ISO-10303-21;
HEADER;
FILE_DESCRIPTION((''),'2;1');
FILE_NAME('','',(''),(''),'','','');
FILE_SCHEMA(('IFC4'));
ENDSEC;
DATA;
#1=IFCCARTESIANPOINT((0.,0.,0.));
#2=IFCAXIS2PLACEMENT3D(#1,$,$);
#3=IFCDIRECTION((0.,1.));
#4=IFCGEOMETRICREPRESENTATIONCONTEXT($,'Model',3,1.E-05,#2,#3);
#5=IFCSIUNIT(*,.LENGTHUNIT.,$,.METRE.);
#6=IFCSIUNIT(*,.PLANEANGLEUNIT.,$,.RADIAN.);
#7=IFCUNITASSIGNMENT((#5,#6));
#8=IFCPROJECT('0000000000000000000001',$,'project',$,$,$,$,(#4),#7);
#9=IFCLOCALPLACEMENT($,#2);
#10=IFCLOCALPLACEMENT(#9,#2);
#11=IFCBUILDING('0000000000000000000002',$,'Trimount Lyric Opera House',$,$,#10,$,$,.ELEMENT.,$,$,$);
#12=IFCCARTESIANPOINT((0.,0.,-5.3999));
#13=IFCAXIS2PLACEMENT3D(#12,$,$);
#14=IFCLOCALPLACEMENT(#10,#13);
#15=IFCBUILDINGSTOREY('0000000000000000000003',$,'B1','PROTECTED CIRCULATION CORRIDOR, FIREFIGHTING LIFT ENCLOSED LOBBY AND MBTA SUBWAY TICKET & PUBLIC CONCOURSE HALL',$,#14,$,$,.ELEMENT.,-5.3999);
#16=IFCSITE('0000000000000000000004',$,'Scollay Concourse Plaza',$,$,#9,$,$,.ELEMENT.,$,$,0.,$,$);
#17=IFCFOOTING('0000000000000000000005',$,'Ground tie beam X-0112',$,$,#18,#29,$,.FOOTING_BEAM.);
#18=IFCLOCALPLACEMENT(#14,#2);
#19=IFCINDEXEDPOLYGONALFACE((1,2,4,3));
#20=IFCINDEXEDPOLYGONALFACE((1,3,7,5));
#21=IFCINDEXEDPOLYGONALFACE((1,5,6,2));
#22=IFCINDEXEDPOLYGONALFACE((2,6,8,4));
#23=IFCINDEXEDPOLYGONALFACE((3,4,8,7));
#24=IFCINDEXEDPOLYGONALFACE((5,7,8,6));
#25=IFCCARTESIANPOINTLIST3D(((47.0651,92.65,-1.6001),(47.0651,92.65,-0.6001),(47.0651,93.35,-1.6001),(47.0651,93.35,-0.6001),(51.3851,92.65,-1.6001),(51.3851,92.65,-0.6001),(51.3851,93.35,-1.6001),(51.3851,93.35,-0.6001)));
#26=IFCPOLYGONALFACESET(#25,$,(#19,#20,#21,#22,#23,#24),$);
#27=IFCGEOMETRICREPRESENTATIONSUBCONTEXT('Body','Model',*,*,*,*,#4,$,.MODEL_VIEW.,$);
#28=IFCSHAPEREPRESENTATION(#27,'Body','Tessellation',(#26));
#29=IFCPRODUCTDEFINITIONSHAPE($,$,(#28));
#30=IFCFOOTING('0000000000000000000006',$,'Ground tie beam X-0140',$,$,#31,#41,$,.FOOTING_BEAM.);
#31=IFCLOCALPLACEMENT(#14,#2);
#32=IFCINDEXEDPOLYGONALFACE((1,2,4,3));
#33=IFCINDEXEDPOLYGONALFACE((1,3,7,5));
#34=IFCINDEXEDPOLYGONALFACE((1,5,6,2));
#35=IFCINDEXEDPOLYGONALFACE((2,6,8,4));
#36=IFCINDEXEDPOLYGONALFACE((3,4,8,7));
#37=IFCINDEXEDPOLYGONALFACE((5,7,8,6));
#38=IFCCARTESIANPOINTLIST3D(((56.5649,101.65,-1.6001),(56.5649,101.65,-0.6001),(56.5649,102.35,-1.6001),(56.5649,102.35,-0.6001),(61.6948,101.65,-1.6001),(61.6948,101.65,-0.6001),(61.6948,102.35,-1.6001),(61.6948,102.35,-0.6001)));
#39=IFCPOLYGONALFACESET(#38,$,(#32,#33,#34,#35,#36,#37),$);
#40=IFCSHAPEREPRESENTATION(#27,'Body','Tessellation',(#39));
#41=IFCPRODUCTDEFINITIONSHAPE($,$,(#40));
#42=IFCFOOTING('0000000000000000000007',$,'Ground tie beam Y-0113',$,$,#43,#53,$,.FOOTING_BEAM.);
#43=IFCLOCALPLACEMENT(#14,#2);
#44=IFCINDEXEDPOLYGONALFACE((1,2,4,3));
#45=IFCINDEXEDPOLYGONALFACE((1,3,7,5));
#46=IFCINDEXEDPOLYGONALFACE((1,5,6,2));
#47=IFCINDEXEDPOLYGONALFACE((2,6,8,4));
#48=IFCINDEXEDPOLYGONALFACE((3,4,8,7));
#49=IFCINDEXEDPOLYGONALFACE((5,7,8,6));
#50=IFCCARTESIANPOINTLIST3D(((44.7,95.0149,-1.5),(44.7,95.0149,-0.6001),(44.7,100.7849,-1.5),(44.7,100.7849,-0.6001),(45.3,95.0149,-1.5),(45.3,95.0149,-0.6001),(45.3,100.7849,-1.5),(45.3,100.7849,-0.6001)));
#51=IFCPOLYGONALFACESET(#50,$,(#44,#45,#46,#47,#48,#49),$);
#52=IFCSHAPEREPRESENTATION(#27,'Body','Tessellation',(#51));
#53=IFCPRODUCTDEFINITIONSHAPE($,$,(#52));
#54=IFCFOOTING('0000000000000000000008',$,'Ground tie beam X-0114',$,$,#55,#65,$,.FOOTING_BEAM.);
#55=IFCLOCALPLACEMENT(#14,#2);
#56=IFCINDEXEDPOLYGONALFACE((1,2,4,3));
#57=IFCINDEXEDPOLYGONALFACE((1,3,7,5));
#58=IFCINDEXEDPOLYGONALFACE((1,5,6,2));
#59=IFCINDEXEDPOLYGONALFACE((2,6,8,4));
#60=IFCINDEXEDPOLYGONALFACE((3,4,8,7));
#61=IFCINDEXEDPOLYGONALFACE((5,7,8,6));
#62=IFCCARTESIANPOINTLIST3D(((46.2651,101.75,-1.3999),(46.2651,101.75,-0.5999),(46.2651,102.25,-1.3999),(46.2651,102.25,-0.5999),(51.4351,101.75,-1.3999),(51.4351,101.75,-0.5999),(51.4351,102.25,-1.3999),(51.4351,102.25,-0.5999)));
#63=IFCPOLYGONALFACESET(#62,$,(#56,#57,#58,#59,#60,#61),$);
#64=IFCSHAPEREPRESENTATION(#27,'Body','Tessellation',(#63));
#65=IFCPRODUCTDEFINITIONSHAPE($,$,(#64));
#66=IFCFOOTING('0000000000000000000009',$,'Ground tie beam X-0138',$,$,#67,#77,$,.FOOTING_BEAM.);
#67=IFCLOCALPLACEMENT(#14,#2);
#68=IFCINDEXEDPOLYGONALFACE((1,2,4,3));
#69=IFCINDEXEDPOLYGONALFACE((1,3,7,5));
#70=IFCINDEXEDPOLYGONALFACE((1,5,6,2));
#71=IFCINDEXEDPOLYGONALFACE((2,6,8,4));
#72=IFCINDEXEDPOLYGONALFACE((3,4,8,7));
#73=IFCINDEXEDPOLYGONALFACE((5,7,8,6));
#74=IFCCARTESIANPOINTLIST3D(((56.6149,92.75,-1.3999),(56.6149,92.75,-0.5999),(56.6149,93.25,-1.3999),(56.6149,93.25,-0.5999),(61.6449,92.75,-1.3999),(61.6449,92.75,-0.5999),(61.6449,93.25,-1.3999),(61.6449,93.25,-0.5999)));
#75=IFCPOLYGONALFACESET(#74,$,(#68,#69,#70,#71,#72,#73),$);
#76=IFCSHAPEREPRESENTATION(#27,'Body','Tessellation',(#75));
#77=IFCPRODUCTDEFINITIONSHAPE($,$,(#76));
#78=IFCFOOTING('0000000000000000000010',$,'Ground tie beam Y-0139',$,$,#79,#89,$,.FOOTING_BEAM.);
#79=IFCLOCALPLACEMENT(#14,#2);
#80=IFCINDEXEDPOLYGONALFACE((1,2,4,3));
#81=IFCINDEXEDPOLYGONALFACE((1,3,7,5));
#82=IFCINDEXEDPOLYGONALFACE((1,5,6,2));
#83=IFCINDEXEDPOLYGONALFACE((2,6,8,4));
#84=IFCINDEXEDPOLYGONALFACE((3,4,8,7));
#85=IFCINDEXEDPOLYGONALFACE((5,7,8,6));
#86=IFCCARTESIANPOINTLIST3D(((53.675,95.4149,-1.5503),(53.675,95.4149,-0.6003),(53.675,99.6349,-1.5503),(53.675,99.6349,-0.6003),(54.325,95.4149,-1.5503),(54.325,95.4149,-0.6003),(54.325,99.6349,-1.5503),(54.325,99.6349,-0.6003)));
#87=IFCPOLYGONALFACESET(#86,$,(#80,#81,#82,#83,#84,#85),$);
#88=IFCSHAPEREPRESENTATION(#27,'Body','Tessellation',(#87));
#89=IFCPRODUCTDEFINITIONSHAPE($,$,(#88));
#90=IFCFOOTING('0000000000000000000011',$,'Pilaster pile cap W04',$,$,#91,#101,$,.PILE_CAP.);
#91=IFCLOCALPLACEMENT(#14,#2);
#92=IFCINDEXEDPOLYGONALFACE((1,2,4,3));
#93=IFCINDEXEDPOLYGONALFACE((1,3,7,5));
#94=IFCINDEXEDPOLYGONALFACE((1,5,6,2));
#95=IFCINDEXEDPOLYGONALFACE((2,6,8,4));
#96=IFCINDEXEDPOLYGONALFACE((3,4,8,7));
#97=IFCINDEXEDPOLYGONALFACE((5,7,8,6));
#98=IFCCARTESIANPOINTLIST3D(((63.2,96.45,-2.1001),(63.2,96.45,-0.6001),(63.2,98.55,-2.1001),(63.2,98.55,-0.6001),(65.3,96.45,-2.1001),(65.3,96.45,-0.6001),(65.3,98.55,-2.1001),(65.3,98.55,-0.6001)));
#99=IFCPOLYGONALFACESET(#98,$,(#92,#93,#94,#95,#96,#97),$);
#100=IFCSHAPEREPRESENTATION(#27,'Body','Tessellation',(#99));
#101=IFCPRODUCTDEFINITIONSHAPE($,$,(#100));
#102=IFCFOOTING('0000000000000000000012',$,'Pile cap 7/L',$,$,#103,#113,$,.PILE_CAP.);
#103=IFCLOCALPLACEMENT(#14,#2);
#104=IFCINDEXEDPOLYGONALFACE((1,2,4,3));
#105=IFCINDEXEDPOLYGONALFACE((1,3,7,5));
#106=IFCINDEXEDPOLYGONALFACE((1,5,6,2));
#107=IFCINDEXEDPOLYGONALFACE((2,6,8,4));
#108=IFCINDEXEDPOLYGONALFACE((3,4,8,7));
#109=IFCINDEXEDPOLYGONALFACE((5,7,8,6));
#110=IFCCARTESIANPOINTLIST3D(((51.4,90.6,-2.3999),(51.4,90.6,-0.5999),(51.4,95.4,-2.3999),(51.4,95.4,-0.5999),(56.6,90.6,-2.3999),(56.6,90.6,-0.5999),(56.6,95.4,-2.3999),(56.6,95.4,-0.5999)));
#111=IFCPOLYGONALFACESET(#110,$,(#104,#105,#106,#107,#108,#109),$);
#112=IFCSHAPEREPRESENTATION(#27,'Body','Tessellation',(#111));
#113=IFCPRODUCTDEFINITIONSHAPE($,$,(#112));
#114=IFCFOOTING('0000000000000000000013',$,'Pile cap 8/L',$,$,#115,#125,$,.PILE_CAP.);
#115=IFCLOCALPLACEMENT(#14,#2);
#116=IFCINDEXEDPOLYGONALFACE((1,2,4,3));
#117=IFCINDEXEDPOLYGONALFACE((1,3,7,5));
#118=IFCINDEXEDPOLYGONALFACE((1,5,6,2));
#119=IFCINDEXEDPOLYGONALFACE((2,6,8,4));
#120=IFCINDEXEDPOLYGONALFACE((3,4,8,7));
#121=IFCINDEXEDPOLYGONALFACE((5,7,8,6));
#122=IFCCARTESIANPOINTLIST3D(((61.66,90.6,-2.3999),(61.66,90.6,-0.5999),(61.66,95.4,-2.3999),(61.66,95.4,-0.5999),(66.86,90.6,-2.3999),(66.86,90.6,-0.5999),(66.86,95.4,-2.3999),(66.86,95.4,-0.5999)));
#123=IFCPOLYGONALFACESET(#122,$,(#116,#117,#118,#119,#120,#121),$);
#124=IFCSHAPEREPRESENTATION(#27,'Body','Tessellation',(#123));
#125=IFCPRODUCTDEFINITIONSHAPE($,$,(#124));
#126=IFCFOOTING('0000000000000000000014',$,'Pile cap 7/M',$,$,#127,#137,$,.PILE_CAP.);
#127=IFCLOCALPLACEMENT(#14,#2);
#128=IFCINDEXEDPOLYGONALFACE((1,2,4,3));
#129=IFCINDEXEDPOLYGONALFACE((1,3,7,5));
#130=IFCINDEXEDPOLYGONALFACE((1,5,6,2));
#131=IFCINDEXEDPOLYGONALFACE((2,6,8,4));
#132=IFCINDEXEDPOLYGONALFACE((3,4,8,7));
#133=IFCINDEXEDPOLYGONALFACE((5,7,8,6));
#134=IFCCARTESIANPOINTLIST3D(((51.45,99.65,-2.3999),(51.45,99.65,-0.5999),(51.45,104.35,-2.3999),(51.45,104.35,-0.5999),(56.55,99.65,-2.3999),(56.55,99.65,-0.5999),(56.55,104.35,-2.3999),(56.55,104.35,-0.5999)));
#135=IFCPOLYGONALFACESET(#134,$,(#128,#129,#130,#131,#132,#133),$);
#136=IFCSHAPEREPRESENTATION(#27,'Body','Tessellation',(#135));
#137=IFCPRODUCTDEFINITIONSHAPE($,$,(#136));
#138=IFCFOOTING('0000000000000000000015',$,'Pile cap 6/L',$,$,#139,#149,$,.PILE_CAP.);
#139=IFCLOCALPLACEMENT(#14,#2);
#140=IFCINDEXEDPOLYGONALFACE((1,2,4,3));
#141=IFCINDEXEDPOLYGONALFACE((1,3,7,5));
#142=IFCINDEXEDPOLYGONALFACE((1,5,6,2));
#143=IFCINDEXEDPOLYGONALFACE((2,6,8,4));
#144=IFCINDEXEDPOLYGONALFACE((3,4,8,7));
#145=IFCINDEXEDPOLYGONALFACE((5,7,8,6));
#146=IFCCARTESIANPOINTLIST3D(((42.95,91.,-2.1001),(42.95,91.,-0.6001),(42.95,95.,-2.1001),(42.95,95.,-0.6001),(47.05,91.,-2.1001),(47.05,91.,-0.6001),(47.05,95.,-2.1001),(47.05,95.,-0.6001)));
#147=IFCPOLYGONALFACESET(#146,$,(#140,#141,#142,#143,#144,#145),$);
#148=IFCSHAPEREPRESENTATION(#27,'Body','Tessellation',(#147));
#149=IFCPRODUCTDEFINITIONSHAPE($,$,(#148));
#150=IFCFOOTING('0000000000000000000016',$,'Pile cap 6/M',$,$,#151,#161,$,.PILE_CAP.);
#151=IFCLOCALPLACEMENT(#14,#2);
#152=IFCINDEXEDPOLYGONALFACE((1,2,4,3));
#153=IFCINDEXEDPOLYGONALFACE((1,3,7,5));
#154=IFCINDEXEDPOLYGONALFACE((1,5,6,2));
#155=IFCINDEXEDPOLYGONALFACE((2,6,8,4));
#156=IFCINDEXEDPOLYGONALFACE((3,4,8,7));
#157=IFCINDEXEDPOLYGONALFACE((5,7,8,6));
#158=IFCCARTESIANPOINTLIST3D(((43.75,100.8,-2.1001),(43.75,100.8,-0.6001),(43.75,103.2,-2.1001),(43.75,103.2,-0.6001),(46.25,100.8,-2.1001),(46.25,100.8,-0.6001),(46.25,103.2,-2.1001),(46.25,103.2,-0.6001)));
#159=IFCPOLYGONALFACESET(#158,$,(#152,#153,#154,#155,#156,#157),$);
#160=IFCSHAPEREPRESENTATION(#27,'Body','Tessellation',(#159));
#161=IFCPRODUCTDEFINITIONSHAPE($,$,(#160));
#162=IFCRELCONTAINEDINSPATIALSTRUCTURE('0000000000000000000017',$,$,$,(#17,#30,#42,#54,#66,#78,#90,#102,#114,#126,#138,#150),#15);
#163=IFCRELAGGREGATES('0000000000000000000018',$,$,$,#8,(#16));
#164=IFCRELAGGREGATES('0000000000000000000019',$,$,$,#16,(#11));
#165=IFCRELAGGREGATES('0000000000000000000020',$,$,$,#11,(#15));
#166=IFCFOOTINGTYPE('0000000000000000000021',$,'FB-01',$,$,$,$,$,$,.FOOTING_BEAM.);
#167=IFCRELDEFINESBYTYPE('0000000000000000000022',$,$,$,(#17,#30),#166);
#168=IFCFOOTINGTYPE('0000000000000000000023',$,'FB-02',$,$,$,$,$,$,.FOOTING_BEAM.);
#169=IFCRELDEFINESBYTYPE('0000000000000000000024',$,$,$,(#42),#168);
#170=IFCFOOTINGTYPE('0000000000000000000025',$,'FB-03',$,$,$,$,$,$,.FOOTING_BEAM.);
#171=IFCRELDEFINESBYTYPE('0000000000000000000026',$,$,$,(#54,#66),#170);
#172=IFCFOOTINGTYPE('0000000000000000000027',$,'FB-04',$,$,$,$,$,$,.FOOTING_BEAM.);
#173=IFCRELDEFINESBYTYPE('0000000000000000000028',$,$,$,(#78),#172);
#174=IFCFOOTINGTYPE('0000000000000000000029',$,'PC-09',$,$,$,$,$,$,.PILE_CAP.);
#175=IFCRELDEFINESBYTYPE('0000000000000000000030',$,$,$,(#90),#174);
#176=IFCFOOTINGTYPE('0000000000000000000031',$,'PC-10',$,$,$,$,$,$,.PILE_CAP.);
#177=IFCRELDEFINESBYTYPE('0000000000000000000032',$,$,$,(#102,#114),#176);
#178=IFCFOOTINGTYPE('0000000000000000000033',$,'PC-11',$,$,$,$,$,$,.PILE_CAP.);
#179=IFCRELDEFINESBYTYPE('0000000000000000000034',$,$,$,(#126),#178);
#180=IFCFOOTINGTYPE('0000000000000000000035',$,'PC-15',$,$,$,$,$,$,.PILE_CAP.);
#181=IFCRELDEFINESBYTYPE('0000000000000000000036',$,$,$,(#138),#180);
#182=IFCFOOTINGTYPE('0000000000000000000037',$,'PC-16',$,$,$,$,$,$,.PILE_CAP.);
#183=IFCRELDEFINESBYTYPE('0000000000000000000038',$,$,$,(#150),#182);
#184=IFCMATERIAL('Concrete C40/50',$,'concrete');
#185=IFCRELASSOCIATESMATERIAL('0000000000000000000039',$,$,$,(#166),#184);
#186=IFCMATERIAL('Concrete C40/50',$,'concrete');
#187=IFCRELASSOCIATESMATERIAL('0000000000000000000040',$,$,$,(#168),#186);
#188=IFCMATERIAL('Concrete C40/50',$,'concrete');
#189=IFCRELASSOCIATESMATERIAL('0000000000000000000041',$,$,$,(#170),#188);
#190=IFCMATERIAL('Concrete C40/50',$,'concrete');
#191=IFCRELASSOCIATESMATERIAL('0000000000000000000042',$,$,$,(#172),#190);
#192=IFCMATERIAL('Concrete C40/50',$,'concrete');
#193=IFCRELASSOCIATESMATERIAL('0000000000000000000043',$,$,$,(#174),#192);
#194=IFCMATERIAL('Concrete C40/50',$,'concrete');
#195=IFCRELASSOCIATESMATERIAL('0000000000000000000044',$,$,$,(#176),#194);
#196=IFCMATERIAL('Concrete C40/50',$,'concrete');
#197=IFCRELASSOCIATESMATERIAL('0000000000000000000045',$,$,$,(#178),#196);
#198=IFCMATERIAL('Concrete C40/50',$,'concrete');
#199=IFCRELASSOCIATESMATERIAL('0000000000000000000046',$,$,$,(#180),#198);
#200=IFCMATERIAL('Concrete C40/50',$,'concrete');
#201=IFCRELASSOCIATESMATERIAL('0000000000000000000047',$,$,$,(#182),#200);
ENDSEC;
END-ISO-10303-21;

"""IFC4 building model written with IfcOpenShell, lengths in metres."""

from ifc_helpers import new_model, si_unit, direction, frame, origin, origin_2d, place, context, subcontext, project, spatial, rectangle, extrude, material, type_object, element, save


model = new_model("IFC4")

# Units and contexts
model_context = context("Model", 3, precision=1e-05, world=origin(), true_north=direction((0.0, 1.0)))
body_context = subcontext(model_context, "Body", "Model", "MODEL_VIEW")
ifc_project = project(units=[si_unit("LENGTHUNIT", "METRE"), si_unit("PLANEANGLEUNIT", "RADIAN")], contexts=[model_context])

# Site, building, storey
site_placement = place(None, origin())
site = spatial("IfcSite", under=ifc_project, at=site_placement, Name="Scollay Concourse Plaza", CompositionType="ELEMENT", RefElevation=0.0)
building_placement = place(site_placement, origin())
building = spatial("IfcBuilding", under=site, at=building_placement, Name="Trimount Lyric Opera House", CompositionType="ELEMENT")
storey_placement = place(building_placement, frame((0.0, 0.0, -5.3999)))
storey = spatial("IfcBuildingStorey", under=building, at=storey_placement, Name="B1", Description="PROTECTED CIRCULATION CORRIDOR, FIREFIGHTING LIFT ENCLOSED LOBBY AND MBTA SUBWAY TICKET & PUBLIC CONCOURSE HALL", CompositionType="ELEMENT", Elevation=-5.3999)

# Footings
ifc_material_1 = material(Name="Concrete C40/50", Category="concrete")
footing_type_1 = type_object("IfcFootingType", Name="FB-01", PredefinedType="FOOTING_BEAM", material=ifc_material_1)
footing_1_placement = place(storey_placement, frame((49.2251, 93.0, -1.6001), z_axis=(0.0, 0.0, 1.0), x_axis=(1.0, 0.0, 0.0)))
element("IfcFooting", 1, at=footing_1_placement, inside=storey, type_object=footing_type_1, Name="Ground tie beam X-0112", PredefinedType="FOOTING_BEAM", context=body_context, shape_type="SweptSolid", body=[
    extrude(rectangle(XDim=4.3201, YDim=0.7, at=origin_2d()), origin(), (0.0, 0.0, 1.0), 1.0),
])
footing_2_placement = place(storey_placement, frame((59.1299, 102.0, -1.6001), z_axis=(0.0, 0.0, 1.0), x_axis=(1.0, 0.0, 0.0)))
element("IfcFooting", 2, at=footing_2_placement, inside=storey, type_object=footing_type_1, Name="Ground tie beam X-0140", PredefinedType="FOOTING_BEAM", context=body_context, shape_type="SweptSolid", body=[
    extrude(rectangle(XDim=5.1299, YDim=0.7, at=origin_2d()), origin(), (0.0, 0.0, 1.0), 1.0),
])
ifc_material_2 = material(Name="Concrete C40/50", Category="concrete")
footing_type_2 = type_object("IfcFootingType", Name="FB-02", PredefinedType="FOOTING_BEAM", material=ifc_material_2)
footing_3_placement = place(storey_placement, frame((45.0, 97.8999, -1.5), z_axis=(0.0, 0.0, 1.0), x_axis=(1.0, 0.0, 0.0)))
element("IfcFooting", 3, at=footing_3_placement, inside=storey, type_object=footing_type_2, Name="Ground tie beam Y-0113", PredefinedType="FOOTING_BEAM", context=body_context, shape_type="SweptSolid", body=[
    extrude(rectangle(XDim=0.6001, YDim=5.77, at=origin_2d()), origin(), (0.0, 0.0, 1.0), 0.8999),
])
ifc_material_3 = material(Name="Concrete C40/50", Category="concrete")
footing_type_3 = type_object("IfcFootingType", Name="FB-03", PredefinedType="FOOTING_BEAM", material=ifc_material_3)
footing_4_placement = place(storey_placement, frame((48.8501, 102.0, -1.3999), z_axis=(0.0, 0.0, 1.0), x_axis=(1.0, 0.0, 0.0)))
element("IfcFooting", 4, at=footing_4_placement, inside=storey, type_object=footing_type_3, Name="Ground tie beam X-0114", PredefinedType="FOOTING_BEAM", context=body_context, shape_type="SweptSolid", body=[
    extrude(rectangle(XDim=5.1699, YDim=0.5, at=origin_2d()), origin(), (0.0, 0.0, 1.0), 0.8),
])
footing_5_placement = place(storey_placement, frame((59.1299, 93.0, -1.3999), z_axis=(0.0, 0.0, 1.0), x_axis=(1.0, 0.0, 0.0)))
element("IfcFooting", 5, at=footing_5_placement, inside=storey, type_object=footing_type_3, Name="Ground tie beam X-0138", PredefinedType="FOOTING_BEAM", context=body_context, shape_type="SweptSolid", body=[
    extrude(rectangle(XDim=5.03, YDim=0.5, at=origin_2d()), origin(), (0.0, 0.0, 1.0), 0.8),
])
ifc_material_4 = material(Name="Concrete C40/50", Category="concrete")
footing_type_4 = type_object("IfcFootingType", Name="FB-04", PredefinedType="FOOTING_BEAM", material=ifc_material_4)
footing_6_placement = place(storey_placement, frame((54.0, 97.5249, -1.5503), z_axis=(0.0, 0.0, 1.0), x_axis=(1.0, 0.0, 0.0)))
element("IfcFooting", 6, at=footing_6_placement, inside=storey, type_object=footing_type_4, Name="Ground tie beam Y-0139", PredefinedType="FOOTING_BEAM", context=body_context, shape_type="SweptSolid", body=[
    extrude(rectangle(XDim=0.6499, YDim=4.22, at=origin_2d()), origin(), (0.0, 0.0, 1.0), 0.95),
])
ifc_material_5 = material(Name="Concrete C40/50", Category="concrete")
footing_type_5 = type_object("IfcFootingType", Name="PC-09", PredefinedType="PILE_CAP", material=ifc_material_5)
footing_7_placement = place(storey_placement, frame((64.25, 97.5, -2.1001), z_axis=(0.0, 0.0, 1.0), x_axis=(1.0, 0.0, 0.0)))
element("IfcFooting", 7, at=footing_7_placement, inside=storey, type_object=footing_type_5, Name="Pilaster pile cap W04", PredefinedType="PILE_CAP", context=body_context, shape_type="SweptSolid", body=[
    extrude(rectangle(XDim=2.1001, YDim=2.1001, at=origin_2d()), origin(), (0.0, 0.0, 1.0), 1.5),
])
ifc_material_6 = material(Name="Concrete C40/50", Category="concrete")
footing_type_6 = type_object("IfcFootingType", Name="PC-10", PredefinedType="PILE_CAP", material=ifc_material_6)
for number, where, z_axis, x_axis, name in (
    (8, (54.0, 93.0, -2.3999), (0.0, 0.0, 1.0), (1.0, 0.0, 0.0), "Pile cap 7/L"),
    (9, (64.26, 93.0, -2.3999), (0.0, 0.0, 1.0), (1.0, 0.0, 0.0), "Pile cap 8/L"),
):
    element("IfcFooting", number, at=place(storey_placement, frame(where, z_axis=z_axis, x_axis=x_axis)), inside=storey, type_object=footing_type_6, Name=name, PredefinedType="PILE_CAP", context=body_context, shape_type="SweptSolid", body=[
        extrude(rectangle(XDim=5.2, YDim=4.8, at=origin_2d()), origin(), (0.0, 0.0, 1.0), 1.8),
    ])
ifc_material_7 = material(Name="Concrete C40/50", Category="concrete")
footing_type_7 = type_object("IfcFootingType", Name="PC-11", PredefinedType="PILE_CAP", material=ifc_material_7)
footing_8_placement = place(storey_placement, frame((54.0, 102.0, -2.3999), z_axis=(0.0, 0.0, 1.0), x_axis=(1.0, 0.0, 0.0)))
element("IfcFooting", 10, at=footing_8_placement, inside=storey, type_object=footing_type_7, Name="Pile cap 7/M", PredefinedType="PILE_CAP", context=body_context, shape_type="SweptSolid", body=[
    extrude(rectangle(XDim=5.1001, YDim=4.7, at=origin_2d()), origin(), (0.0, 0.0, 1.0), 1.8),
])
ifc_material_8 = material(Name="Concrete C40/50", Category="concrete")
footing_type_8 = type_object("IfcFootingType", Name="PC-15", PredefinedType="PILE_CAP", material=ifc_material_8)
footing_9_placement = place(storey_placement, frame((45.0, 93.0, -2.1001), z_axis=(0.0, 0.0, 1.0), x_axis=(1.0, 0.0, 0.0)))
element("IfcFooting", 11, at=footing_9_placement, inside=storey, type_object=footing_type_8, Name="Pile cap 6/L", PredefinedType="PILE_CAP", context=body_context, shape_type="SweptSolid", body=[
    extrude(rectangle(XDim=4.1001, YDim=4.0, at=origin_2d()), origin(), (0.0, 0.0, 1.0), 1.5),
])
ifc_material_9 = material(Name="Concrete C40/50", Category="concrete")
footing_type_9 = type_object("IfcFootingType", Name="PC-16", PredefinedType="PILE_CAP", material=ifc_material_9)
footing_10_placement = place(storey_placement, frame((45.0, 102.0, -2.1001), z_axis=(0.0, 0.0, 1.0), x_axis=(1.0, 0.0, 0.0)))
element("IfcFooting", 12, at=footing_10_placement, inside=storey, type_object=footing_type_9, Name="Pile cap 6/M", PredefinedType="PILE_CAP", context=body_context, shape_type="SweptSolid", body=[
    extrude(rectangle(XDim=2.5, YDim=2.3999, at=origin_2d()), origin(), (0.0, 0.0, 1.0), 1.5),
])

save(model, "model.ifc")
